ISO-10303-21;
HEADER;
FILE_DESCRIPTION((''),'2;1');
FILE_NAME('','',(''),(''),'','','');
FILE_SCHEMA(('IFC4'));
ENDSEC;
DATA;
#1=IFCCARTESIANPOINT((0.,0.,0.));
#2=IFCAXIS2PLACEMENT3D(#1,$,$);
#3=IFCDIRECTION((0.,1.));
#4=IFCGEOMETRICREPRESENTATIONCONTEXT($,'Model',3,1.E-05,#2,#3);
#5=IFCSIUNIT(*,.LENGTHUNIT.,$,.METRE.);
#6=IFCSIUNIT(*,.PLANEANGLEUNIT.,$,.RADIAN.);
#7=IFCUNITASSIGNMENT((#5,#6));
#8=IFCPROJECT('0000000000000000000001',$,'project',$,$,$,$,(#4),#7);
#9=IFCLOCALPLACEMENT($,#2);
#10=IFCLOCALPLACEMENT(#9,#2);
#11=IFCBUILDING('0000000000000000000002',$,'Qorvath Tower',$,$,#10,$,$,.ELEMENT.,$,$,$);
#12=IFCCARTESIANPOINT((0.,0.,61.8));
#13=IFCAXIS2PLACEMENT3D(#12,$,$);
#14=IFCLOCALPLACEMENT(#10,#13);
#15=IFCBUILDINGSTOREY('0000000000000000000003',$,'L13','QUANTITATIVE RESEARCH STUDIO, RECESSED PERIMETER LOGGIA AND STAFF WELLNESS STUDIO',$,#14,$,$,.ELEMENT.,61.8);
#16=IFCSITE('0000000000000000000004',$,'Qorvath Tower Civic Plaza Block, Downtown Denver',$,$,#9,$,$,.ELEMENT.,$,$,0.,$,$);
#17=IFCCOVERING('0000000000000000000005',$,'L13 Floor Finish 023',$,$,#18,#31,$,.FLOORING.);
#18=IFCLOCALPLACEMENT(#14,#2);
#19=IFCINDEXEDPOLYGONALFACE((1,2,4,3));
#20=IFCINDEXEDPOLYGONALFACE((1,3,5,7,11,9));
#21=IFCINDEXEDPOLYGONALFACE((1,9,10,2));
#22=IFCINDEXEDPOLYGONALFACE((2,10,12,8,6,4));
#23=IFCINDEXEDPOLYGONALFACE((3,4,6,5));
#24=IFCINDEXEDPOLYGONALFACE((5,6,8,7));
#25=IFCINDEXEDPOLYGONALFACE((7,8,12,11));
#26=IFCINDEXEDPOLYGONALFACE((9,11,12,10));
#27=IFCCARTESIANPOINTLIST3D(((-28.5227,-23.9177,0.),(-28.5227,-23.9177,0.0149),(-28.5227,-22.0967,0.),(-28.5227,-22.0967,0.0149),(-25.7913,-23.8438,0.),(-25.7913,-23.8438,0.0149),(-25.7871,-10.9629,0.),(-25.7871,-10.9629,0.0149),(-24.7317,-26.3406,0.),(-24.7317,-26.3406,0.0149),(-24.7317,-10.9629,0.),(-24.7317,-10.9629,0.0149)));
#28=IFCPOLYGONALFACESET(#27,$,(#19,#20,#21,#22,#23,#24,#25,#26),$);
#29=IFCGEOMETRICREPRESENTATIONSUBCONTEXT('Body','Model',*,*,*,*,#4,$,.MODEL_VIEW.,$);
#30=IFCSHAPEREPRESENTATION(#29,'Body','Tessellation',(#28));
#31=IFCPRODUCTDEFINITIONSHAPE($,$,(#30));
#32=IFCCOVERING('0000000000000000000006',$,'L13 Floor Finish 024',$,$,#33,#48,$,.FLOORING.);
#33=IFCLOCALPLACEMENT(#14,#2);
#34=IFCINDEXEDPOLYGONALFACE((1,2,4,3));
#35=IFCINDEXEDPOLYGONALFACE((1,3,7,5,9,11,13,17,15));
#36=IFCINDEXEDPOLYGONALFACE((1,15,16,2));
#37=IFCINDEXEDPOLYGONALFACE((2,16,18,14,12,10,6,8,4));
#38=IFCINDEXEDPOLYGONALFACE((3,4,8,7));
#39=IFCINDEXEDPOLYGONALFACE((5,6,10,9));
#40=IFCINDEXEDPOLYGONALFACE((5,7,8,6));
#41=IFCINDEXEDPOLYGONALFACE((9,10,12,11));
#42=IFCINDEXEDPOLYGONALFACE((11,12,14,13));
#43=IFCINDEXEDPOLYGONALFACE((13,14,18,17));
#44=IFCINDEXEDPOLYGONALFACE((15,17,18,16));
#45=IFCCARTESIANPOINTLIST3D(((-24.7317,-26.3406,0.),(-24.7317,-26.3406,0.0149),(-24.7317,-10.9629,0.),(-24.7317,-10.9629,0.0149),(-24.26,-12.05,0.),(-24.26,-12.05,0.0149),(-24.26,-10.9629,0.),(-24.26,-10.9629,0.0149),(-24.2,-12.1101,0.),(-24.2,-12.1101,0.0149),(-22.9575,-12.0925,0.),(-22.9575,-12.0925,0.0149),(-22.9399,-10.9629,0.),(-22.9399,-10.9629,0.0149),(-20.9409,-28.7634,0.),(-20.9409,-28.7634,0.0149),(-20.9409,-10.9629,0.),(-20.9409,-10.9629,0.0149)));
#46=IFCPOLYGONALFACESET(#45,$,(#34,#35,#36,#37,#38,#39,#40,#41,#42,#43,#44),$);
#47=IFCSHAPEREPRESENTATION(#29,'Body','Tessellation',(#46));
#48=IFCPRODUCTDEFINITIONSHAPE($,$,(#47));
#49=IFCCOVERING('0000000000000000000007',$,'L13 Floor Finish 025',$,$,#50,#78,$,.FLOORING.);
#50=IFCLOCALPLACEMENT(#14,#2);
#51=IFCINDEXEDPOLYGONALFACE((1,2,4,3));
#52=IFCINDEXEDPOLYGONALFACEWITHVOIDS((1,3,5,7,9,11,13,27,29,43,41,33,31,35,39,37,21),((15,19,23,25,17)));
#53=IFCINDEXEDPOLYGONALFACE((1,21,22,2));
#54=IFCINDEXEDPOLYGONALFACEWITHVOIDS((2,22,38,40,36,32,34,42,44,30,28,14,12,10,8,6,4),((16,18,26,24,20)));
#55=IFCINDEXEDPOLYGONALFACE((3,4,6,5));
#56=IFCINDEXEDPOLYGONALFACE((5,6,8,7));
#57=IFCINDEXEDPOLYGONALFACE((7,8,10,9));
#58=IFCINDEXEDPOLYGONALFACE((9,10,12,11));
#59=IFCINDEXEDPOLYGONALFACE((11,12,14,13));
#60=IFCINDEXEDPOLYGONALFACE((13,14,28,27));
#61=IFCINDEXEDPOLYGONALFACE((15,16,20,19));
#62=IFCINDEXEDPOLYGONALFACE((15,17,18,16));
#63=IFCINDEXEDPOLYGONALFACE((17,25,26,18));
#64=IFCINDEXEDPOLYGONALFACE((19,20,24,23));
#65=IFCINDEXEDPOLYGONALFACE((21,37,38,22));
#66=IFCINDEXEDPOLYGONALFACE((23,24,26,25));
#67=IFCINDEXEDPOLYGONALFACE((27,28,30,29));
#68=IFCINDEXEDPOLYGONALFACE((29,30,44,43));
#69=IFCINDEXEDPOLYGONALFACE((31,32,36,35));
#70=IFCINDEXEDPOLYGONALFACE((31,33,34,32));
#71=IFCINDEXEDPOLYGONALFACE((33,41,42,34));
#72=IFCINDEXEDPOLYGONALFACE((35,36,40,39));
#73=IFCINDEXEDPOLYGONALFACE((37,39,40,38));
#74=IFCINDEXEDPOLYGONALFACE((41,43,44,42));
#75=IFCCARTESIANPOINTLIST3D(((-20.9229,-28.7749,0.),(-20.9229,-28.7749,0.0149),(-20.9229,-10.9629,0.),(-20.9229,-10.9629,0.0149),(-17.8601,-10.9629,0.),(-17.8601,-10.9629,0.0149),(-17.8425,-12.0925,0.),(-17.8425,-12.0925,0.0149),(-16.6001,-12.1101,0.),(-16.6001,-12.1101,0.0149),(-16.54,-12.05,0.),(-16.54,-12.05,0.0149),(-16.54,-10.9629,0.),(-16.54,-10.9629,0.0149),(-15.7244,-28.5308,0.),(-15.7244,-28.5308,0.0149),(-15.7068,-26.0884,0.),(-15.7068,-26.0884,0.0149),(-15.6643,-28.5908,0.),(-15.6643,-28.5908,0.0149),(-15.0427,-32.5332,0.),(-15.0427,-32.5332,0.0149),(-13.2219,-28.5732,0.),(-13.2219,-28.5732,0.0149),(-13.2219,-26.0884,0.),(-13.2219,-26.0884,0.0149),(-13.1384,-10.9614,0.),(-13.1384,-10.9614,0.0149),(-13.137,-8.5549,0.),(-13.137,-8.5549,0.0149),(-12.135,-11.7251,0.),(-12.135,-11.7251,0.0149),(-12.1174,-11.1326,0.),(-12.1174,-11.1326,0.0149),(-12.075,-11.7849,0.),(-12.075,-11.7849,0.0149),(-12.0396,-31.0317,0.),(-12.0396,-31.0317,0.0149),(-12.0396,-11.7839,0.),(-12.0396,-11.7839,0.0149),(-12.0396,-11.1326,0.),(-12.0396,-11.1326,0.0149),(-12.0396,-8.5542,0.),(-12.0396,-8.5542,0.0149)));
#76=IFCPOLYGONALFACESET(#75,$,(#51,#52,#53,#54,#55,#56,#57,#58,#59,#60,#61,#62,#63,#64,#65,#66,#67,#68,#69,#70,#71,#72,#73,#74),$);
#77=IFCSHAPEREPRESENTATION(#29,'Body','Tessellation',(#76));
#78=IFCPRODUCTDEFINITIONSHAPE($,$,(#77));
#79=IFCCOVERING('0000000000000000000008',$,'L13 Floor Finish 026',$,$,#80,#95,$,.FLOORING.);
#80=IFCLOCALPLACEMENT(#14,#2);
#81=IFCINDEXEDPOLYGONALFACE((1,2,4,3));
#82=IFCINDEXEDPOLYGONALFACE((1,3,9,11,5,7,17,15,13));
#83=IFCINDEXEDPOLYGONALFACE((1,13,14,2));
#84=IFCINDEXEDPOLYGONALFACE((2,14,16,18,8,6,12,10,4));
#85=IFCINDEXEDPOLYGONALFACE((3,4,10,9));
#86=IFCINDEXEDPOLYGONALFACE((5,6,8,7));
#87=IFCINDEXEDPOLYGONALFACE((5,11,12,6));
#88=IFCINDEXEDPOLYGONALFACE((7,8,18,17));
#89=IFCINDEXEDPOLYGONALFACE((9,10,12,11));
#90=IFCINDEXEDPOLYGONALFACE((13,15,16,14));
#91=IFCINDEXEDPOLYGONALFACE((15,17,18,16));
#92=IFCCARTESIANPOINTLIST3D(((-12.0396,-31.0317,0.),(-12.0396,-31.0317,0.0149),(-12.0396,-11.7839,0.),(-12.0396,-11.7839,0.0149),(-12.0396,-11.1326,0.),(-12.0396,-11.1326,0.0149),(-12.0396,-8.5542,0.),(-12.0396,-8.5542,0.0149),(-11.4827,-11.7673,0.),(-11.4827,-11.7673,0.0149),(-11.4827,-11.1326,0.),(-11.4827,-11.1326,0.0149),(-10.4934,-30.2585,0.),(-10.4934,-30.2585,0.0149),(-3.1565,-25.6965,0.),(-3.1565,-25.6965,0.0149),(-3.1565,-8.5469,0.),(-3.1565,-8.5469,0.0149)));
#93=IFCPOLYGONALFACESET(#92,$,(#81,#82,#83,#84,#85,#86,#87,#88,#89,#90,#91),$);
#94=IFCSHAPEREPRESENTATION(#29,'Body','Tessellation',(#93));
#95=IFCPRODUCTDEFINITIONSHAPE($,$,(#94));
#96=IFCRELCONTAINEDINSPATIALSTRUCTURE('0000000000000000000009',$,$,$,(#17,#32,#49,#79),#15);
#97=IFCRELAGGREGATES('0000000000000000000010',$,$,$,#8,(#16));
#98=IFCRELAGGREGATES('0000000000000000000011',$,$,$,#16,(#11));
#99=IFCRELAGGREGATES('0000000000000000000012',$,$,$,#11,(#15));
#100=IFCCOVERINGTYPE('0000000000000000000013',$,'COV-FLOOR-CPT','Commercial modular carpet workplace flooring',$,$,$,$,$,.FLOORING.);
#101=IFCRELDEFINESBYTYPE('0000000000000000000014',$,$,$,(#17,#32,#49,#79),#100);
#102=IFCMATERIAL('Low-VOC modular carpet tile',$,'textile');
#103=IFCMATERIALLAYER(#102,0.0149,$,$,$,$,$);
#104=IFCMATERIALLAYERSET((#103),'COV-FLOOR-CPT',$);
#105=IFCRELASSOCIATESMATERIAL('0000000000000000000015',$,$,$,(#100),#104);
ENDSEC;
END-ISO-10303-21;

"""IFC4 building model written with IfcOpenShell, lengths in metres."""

from ifc_helpers import new_model, si_unit, direction, frame, origin, place, context, subcontext, project, spatial, polyline, outline, extrude, material, layer, layer_set, type_object, element, save


model = new_model("IFC4")

# Units and contexts
model_context = context("Model", 3, precision=1e-05, world=origin(), true_north=direction((0.0, 1.0)))
body_context = subcontext(model_context, "Body", "Model", "MODEL_VIEW")
ifc_project = project(units=[si_unit("LENGTHUNIT", "METRE"), si_unit("PLANEANGLEUNIT", "RADIAN")], contexts=[model_context])

# Site, building, storey
site_placement = place(None, origin())
site = spatial("IfcSite", under=ifc_project, at=site_placement, Name="Qorvath Tower Civic Plaza Block, Downtown Denver", CompositionType="ELEMENT", RefElevation=0.0)
building_placement = place(site_placement, origin())
building = spatial("IfcBuilding", under=site, at=building_placement, Name="Qorvath Tower", CompositionType="ELEMENT")
storey_placement = place(building_placement, frame((0.0, 0.0, 61.8)))
storey = spatial("IfcBuildingStorey", under=building, at=storey_placement, Name="L13", Description="QUANTITATIVE RESEARCH STUDIO, RECESSED PERIMETER LOGGIA AND STAFF WELLNESS STUDIO", CompositionType="ELEMENT", Elevation=61.8)

# Coverings
ifc_material_1 = material(Name="Low-VOC modular carpet tile", Category="textile")
ifc_layer_1 = layer(ifc_material_1, 0.0149)
ifc_layer_set_1 = layer_set([ifc_layer_1], Name="COV-FLOOR-CPT")
covering_type_1 = type_object("IfcCoveringType", Name="COV-FLOOR-CPT", Description="Commercial modular carpet workplace flooring", PredefinedType="FLOORING", material=ifc_layer_set_1)
covering_1_placement = place(storey_placement, origin())
element("IfcCovering", 1, at=covering_1_placement, inside=storey, type_object=covering_type_1, Name="L13 Floor Finish 023", PredefinedType="FLOORING", context=body_context, shape_type="SweptSolid", body=[
    extrude(outline(polyline([(-24.7317, -26.3406), (-24.7317, -10.9629), (-25.7871, -10.9629), (-25.7913, -23.8438), (-28.5227, -22.0967), (-28.5227, -23.9177), (-24.7317, -26.3406)])), origin(), (0.0, 0.0, 1.0), 0.0149),
])
covering_2_placement = place(storey_placement, origin())
element("IfcCovering", 2, at=covering_2_placement, inside=storey, type_object=covering_type_1, Name="L13 Floor Finish 024", PredefinedType="FLOORING", context=body_context, shape_type="SweptSolid", body=[
    extrude(outline(polyline([(-20.9409, -28.7634), (-20.9409, -10.9629), (-22.9399, -10.9629), (-22.9575, -12.0925), (-24.2, -12.1101), (-24.26, -12.05), (-24.26, -10.9629), (-24.7317, -10.9629), (-24.7317, -26.3406), (-20.9409, -28.7634)])), origin(), (0.0, 0.0, 1.0), 0.0149),
])
covering_3_placement = place(storey_placement, origin())
element("IfcCovering", 3, at=covering_3_placement, inside=storey, type_object=covering_type_1, Name="L13 Floor Finish 025", PredefinedType="FLOORING", context=body_context, shape_type="SweptSolid", body=[
    extrude(outline(polyline([(-17.8601, -10.9629), (-20.9229, -10.9629), (-20.9229, -28.7749), (-15.0427, -32.5332), (-12.0396, -31.0317), (-12.0396, -11.7839), (-12.075, -11.7849), (-12.135, -11.7251), (-12.1174, -11.1326), (-12.0396, -11.1326), (-12.0396, -8.5542), (-13.137, -8.5549), (-13.1384, -10.9614), (-16.54, -10.9629), (-16.54, -12.05), (-16.6001, -12.1101), (-17.8425, -12.0925), (-17.8601, -10.9629)]), holes=[polyline([(-15.7244, -28.5308), (-15.7068, -26.0884), (-13.2219, -26.0884), (-13.2219, -28.5732), (-15.6643, -28.5908), (-15.7244, -28.5308)])]), origin(), (0.0, 0.0, 1.0), 0.0149),
])
covering_4_placement = place(storey_placement, origin())
element("IfcCovering", 4, at=covering_4_placement, inside=storey, type_object=covering_type_1, Name="L13 Floor Finish 026", PredefinedType="FLOORING", context=body_context, shape_type="SweptSolid", body=[
    extrude(outline(polyline([(-12.0396, -8.5542), (-12.0396, -11.1326), (-11.4827, -11.1326), (-11.4827, -11.7673), (-12.0396, -11.7839), (-12.0396, -31.0317), (-10.4934, -30.2585), (-3.1565, -25.6965), (-3.1565, -8.5469), (-12.0396, -8.5542)])), origin(), (0.0, 0.0, 1.0), 0.0149),
])

save(model, "model.ifc")
